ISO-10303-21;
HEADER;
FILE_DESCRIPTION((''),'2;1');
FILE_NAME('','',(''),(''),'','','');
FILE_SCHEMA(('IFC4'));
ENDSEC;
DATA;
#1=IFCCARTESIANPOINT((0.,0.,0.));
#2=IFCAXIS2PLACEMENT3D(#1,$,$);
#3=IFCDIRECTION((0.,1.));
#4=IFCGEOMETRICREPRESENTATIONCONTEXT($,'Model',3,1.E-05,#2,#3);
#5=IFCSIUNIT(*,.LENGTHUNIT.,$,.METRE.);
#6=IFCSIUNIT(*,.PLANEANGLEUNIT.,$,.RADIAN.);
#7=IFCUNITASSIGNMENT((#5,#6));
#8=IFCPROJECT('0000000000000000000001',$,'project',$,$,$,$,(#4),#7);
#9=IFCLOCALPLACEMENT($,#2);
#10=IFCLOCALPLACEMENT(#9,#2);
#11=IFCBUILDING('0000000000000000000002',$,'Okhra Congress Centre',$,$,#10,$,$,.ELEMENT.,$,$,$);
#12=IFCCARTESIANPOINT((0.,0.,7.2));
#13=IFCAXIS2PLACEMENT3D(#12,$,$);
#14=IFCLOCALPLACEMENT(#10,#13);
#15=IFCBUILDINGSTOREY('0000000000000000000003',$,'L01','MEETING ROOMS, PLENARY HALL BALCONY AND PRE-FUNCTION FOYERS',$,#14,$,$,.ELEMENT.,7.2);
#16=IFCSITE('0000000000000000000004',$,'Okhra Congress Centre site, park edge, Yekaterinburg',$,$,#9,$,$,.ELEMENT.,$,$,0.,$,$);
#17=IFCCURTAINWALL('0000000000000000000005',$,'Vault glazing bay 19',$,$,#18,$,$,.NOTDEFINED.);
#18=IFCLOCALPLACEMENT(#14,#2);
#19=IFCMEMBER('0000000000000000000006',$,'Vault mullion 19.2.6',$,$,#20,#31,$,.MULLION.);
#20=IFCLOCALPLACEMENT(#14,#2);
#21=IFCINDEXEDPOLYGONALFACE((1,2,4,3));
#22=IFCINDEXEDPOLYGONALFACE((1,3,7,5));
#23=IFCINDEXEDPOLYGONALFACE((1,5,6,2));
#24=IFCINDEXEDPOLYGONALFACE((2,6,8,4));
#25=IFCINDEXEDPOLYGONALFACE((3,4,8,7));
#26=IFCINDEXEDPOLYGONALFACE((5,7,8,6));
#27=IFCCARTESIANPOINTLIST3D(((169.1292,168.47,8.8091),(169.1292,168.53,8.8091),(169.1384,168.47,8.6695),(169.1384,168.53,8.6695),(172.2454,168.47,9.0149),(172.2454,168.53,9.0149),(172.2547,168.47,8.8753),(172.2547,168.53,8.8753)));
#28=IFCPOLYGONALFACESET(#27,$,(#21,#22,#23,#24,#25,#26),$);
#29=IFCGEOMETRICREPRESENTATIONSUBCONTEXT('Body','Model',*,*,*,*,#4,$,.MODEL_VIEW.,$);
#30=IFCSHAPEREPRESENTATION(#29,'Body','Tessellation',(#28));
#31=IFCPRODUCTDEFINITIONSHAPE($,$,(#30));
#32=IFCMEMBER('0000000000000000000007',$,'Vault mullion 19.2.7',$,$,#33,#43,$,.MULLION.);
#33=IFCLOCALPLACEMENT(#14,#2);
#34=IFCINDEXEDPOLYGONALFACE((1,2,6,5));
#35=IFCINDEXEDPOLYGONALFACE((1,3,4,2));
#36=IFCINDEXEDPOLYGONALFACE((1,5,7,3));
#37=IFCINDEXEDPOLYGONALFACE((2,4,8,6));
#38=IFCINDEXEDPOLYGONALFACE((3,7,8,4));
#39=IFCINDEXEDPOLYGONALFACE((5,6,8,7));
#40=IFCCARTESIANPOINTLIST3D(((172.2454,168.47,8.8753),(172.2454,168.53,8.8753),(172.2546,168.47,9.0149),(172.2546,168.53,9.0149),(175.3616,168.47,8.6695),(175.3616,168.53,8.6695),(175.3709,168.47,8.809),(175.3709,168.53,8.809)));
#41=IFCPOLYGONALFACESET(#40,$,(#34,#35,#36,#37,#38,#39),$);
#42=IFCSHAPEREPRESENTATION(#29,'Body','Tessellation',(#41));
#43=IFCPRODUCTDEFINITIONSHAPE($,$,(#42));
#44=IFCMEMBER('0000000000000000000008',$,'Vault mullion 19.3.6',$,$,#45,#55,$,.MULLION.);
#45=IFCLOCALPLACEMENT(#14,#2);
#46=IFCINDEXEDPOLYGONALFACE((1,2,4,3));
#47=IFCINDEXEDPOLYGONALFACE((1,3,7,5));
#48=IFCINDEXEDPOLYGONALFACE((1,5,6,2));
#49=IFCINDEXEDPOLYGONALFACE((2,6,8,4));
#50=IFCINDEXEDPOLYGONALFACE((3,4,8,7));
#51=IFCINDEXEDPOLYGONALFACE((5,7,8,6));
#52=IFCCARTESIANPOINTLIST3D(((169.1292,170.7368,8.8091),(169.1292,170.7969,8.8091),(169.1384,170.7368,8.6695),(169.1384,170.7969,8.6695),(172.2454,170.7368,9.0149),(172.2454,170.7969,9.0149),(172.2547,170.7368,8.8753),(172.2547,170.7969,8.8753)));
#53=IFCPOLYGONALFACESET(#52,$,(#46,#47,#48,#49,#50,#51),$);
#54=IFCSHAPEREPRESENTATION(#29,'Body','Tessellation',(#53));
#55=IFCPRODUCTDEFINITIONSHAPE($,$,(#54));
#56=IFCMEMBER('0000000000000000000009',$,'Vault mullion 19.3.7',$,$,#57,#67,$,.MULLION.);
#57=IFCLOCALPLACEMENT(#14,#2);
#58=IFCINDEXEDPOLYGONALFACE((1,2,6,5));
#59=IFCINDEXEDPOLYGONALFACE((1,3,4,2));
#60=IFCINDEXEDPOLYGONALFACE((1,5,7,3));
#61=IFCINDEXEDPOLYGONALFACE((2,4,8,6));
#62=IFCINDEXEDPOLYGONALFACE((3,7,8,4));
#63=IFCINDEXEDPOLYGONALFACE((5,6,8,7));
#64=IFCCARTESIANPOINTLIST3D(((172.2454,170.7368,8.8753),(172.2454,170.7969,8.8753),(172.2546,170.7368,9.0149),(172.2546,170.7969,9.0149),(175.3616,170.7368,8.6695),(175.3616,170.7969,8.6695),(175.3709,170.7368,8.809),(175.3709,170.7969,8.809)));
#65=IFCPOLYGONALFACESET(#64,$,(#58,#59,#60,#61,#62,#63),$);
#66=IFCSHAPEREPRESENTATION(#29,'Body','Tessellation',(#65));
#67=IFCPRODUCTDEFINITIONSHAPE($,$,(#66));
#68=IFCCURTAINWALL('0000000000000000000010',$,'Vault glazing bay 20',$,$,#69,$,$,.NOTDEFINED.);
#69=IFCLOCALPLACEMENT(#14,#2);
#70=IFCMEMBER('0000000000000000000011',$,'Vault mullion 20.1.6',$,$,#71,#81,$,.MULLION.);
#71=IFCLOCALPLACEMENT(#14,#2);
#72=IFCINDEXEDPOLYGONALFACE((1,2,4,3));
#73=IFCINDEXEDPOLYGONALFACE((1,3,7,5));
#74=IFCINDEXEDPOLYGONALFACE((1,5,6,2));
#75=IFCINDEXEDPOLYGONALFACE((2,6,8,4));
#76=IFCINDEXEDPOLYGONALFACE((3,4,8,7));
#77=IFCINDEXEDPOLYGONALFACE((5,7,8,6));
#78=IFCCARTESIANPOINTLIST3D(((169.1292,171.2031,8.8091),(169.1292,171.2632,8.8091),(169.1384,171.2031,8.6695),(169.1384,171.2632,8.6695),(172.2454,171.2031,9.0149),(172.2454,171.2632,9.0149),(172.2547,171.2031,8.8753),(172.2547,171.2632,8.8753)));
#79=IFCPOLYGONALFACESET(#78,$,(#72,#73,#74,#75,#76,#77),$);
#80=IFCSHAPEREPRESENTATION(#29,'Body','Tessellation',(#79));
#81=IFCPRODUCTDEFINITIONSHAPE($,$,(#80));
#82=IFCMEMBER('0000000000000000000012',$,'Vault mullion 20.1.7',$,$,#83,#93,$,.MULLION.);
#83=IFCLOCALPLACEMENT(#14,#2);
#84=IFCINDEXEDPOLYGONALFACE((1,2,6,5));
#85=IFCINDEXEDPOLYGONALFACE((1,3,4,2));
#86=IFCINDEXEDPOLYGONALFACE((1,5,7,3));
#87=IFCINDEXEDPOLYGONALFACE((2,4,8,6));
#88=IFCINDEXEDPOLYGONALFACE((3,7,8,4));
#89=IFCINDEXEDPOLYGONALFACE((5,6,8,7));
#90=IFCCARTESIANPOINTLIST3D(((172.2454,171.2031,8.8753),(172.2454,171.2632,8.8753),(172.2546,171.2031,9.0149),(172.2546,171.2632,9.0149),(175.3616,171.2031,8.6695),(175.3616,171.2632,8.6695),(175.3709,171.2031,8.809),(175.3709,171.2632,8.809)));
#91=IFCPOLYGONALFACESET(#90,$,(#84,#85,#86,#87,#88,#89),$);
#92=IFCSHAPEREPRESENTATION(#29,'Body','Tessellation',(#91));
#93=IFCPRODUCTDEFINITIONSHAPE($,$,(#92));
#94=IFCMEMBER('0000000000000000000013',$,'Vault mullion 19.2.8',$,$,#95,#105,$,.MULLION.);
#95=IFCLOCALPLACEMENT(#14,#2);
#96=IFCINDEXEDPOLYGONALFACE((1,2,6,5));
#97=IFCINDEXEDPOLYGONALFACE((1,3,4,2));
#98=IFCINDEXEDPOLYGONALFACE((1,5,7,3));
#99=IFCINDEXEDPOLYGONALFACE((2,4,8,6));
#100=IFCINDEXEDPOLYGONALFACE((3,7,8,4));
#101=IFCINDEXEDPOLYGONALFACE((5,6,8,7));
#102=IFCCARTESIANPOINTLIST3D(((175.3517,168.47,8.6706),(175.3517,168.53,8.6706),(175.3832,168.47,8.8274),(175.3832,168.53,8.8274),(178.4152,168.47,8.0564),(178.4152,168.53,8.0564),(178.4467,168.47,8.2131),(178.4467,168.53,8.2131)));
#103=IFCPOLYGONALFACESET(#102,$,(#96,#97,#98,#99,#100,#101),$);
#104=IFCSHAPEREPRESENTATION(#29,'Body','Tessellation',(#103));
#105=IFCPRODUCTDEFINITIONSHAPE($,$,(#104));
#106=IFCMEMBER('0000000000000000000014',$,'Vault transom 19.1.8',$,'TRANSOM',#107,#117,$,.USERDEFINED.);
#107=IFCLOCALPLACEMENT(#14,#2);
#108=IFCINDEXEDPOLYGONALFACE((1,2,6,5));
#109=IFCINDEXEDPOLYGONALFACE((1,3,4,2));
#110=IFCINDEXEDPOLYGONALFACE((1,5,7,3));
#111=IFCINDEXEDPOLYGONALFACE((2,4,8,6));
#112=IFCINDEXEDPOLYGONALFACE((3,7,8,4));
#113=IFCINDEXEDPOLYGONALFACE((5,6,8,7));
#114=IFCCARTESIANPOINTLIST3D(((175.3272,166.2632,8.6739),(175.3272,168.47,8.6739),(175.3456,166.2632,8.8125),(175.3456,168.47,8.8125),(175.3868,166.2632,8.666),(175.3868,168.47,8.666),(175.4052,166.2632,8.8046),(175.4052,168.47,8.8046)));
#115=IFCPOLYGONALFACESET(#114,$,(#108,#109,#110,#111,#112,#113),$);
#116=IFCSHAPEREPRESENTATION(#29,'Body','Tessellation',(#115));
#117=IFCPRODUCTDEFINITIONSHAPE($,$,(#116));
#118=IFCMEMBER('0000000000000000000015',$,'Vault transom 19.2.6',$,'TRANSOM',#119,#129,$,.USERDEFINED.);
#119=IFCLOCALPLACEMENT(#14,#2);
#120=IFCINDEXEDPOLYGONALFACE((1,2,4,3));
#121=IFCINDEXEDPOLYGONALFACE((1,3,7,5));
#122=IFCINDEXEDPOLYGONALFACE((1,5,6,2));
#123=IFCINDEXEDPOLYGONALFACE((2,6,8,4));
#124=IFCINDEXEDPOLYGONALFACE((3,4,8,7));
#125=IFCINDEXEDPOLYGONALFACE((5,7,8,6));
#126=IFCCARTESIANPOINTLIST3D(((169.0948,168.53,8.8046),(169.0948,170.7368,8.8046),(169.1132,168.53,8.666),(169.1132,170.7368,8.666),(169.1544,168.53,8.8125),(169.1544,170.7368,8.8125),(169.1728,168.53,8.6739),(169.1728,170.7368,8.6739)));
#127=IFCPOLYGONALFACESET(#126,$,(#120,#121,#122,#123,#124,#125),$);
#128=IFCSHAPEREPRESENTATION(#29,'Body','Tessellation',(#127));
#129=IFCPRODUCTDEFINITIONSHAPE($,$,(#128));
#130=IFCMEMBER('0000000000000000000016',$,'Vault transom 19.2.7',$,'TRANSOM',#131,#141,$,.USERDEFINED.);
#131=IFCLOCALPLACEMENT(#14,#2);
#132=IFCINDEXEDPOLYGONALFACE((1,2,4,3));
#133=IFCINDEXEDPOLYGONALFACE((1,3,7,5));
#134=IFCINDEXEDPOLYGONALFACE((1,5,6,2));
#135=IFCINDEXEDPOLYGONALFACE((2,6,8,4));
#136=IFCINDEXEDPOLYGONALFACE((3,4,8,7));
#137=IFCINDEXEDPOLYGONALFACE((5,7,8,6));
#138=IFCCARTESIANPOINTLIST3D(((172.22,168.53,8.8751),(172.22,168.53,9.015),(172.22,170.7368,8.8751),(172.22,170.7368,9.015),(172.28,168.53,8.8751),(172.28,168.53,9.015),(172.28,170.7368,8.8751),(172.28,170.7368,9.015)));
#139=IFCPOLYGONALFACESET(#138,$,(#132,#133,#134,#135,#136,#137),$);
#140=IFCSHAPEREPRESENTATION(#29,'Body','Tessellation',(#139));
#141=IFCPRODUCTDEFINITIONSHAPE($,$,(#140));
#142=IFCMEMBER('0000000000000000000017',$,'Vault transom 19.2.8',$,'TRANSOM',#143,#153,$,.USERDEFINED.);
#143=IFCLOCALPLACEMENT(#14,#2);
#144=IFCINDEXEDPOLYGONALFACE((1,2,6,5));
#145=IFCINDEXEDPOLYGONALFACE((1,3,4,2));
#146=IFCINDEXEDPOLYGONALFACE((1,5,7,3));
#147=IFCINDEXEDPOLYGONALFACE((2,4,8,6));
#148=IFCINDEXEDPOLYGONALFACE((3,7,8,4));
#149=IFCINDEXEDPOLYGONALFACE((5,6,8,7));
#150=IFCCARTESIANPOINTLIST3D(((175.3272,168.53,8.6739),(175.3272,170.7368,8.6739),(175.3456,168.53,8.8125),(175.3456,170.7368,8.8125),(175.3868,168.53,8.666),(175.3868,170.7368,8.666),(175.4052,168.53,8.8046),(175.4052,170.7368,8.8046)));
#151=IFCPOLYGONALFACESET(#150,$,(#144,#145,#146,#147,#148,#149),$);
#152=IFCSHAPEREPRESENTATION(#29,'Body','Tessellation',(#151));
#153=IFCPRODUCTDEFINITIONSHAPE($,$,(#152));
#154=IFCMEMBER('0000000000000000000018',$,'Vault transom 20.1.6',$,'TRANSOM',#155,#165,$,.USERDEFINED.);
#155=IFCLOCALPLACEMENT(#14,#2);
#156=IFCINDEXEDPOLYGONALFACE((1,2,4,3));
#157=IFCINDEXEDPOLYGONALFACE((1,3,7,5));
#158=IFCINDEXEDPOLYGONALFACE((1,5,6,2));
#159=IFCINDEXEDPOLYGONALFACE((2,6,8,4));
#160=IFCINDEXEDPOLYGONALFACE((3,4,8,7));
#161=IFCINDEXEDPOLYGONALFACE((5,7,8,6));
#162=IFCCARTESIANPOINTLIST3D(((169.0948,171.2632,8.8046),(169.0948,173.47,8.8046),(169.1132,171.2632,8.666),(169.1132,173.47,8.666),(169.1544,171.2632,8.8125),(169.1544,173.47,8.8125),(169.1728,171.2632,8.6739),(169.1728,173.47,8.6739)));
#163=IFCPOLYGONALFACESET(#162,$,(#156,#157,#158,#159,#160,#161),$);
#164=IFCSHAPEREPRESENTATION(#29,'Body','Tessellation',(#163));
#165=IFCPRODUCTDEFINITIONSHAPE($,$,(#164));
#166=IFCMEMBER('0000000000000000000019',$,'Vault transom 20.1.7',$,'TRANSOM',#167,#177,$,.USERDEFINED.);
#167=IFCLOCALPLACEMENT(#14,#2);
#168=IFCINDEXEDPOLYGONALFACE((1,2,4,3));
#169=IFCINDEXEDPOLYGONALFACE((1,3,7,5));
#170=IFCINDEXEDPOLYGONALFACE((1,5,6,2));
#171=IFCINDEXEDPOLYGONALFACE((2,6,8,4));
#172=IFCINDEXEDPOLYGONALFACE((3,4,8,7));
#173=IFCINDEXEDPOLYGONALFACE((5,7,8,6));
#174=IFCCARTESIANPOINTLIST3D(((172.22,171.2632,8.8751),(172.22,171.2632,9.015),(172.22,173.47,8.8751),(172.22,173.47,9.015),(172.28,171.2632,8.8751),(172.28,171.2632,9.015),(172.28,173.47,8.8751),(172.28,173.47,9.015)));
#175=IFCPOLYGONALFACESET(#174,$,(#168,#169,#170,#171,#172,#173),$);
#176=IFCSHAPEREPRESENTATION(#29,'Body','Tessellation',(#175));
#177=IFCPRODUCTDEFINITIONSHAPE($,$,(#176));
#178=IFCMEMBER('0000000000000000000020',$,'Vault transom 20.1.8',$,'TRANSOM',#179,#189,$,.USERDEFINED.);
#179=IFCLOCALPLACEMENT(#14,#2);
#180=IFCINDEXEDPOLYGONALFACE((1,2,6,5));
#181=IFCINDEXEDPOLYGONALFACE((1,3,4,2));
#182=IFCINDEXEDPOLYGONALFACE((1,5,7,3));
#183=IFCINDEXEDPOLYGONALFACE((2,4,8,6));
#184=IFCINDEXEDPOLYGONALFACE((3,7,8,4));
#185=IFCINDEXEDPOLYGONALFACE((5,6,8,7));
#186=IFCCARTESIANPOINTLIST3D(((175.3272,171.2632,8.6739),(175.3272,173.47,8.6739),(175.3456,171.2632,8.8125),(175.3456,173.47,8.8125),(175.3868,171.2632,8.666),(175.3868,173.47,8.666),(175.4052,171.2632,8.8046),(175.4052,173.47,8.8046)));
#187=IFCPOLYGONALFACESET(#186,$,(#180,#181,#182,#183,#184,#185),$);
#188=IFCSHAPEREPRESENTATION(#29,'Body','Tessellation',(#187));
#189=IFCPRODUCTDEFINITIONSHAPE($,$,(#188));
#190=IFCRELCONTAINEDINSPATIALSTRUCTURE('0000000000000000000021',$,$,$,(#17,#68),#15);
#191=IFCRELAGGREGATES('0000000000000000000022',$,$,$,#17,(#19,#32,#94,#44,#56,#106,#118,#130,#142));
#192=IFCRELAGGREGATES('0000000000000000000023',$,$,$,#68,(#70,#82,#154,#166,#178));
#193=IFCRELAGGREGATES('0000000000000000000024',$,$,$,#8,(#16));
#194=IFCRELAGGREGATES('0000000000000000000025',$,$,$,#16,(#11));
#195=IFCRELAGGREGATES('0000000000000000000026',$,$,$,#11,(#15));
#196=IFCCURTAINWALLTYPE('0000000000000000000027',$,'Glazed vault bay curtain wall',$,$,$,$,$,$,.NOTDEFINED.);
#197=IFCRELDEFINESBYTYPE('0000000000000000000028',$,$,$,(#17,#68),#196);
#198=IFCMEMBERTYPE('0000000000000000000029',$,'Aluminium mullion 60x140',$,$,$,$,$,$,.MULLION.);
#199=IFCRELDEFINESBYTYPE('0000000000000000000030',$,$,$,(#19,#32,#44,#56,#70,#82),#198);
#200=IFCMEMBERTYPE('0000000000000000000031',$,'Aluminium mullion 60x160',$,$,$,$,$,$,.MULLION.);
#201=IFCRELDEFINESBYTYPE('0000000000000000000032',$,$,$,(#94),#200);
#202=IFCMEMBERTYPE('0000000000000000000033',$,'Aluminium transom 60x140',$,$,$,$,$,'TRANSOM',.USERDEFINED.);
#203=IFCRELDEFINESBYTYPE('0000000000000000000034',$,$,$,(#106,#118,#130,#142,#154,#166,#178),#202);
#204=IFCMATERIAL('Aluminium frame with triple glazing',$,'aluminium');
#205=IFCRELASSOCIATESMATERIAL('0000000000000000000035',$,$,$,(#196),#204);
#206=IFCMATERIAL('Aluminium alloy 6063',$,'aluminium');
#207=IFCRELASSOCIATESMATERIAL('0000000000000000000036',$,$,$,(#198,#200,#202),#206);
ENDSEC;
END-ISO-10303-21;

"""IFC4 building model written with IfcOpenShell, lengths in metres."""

from ifc_helpers import new_model, si_unit, direction, frame, origin, origin_2d, place, context, subcontext, project, spatial, rectangle, extrude, material, material_profile, profile_set, type_object, element, aggregate, save


model = new_model("IFC4")

# Units and contexts
model_context = context("Model", 3, precision=1e-05, world=origin(), true_north=direction((0.0, 1.0)))
body_context = subcontext(model_context, "Body", "Model", "MODEL_VIEW")
ifc_project = project(units=[si_unit("LENGTHUNIT", "METRE"), si_unit("PLANEANGLEUNIT", "RADIAN")], contexts=[model_context])

# Site, building, storey
site_placement = place(None, origin())
site = spatial("IfcSite", under=ifc_project, at=site_placement, Name="Okhra Congress Centre site, park edge, Yekaterinburg", CompositionType="ELEMENT", RefElevation=0.0)
building_placement = place(site_placement, origin())
building = spatial("IfcBuilding", under=site, at=building_placement, Name="Okhra Congress Centre", CompositionType="ELEMENT")
storey_placement = place(building_placement, frame((0.0, 0.0, 7.2)))
storey = spatial("IfcBuildingStorey", under=building, at=storey_placement, Name="L01", Description="MEETING ROOMS, PLENARY HALL BALCONY AND PRE-FUNCTION FOYERS", CompositionType="ELEMENT", Elevation=7.2)

# Curtain walls, members
ifc_material_1 = material(Name="Aluminium frame with triple glazing", Category="aluminium")
curtain_wall_type = type_object("IfcCurtainWallType", Name="Glazed vault bay curtain wall", PredefinedType="NOTDEFINED", material=ifc_material_1)
curtain_wall_1_placement = place(storey_placement, origin())
curtain_wall_1 = element("IfcCurtainWall", 1, at=curtain_wall_1_placement, inside=storey, type_object=curtain_wall_type, Name="Vault glazing bay 19", PredefinedType="NOTDEFINED")
ifc_material_2 = material(Name="Aluminium alloy 6063", Category="aluminium")
ifc_material_profile_1 = material_profile(ifc_material_2, rectangle(XDim=0.0601, YDim=0.1399, at=origin_2d()), Name="AL 60x140")
ifc_profile_set_1 = profile_set([ifc_material_profile_1], Name="Aluminium alloy 6063")
member_type_1 = type_object("IfcMemberType", Name="Aluminium mullion 60x140", PredefinedType="MULLION", material=ifc_profile_set_1)
member_1_placement = place(storey_placement, frame((169.1338, 168.5, 8.7393), z_axis=(0.997826, 0.0, 0.065902), x_axis=(0.0, 1.0, 0.0)))
member_1 = element("IfcMember", 2, at=member_1_placement, type_object=member_type_1, Name="Vault mullion 19.2.6", PredefinedType="MULLION", context=body_context, shape_type="SweptSolid", body=[
    extrude(rectangle(XDim=0.0601, YDim=0.1399, at=origin_2d()), origin(), (0.0, 0.0, 1.0), 3.123),
])
member_2_placement = place(storey_placement, frame((172.25, 168.5, 8.9451), z_axis=(0.997826, 0.0, -0.065902), x_axis=(0.0, 1.0, 0.0)))
member_2 = element("IfcMember", 3, at=member_2_placement, type_object=member_type_1, Name="Vault mullion 19.2.7", PredefinedType="MULLION", context=body_context, shape_type="SweptSolid", body=[
    extrude(rectangle(XDim=0.0601, YDim=0.1399, at=origin_2d()), origin(), (0.0, 0.0, 1.0), 3.123),
])
member_3_placement = place(storey_placement, frame((169.1338, 170.7668, 8.7393), z_axis=(0.997826, 0.0, 0.065902), x_axis=(0.0, 1.0, 0.0)))
member_3 = element("IfcMember", 4, at=member_3_placement, type_object=member_type_1, Name="Vault mullion 19.3.6", PredefinedType="MULLION", context=body_context, shape_type="SweptSolid", body=[
    extrude(rectangle(XDim=0.0601, YDim=0.1399, at=origin_2d()), origin(), (0.0, 0.0, 1.0), 3.123),
])
member_4_placement = place(storey_placement, frame((172.25, 170.7668, 8.9451), z_axis=(0.997826, 0.0, -0.065902), x_axis=(0.0, 1.0, 0.0)))
member_4 = element("IfcMember", 5, at=member_4_placement, type_object=member_type_1, Name="Vault mullion 19.3.7", PredefinedType="MULLION", context=body_context, shape_type="SweptSolid", body=[
    extrude(rectangle(XDim=0.0601, YDim=0.1399, at=origin_2d()), origin(), (0.0, 0.0, 1.0), 3.123),
])
curtain_wall_2_placement = place(storey_placement, origin())
curtain_wall_2 = element("IfcCurtainWall", 6, at=curtain_wall_2_placement, inside=storey, type_object=curtain_wall_type, Name="Vault glazing bay 20", PredefinedType="NOTDEFINED")
member_5_placement = place(storey_placement, frame((169.1338, 171.2332, 8.7393), z_axis=(0.997826, 0.0, 0.065902), x_axis=(0.0, 1.0, 0.0)))
member_5 = element("IfcMember", 7, at=member_5_placement, type_object=member_type_1, Name="Vault mullion 20.1.6", PredefinedType="MULLION", context=body_context, shape_type="SweptSolid", body=[
    extrude(rectangle(XDim=0.0601, YDim=0.1399, at=origin_2d()), origin(), (0.0, 0.0, 1.0), 3.123),
])
member_6_placement = place(storey_placement, frame((172.25, 171.2332, 8.9451), z_axis=(0.997826, 0.0, -0.065902), x_axis=(0.0, 1.0, 0.0)))
member_6 = element("IfcMember", 8, at=member_6_placement, type_object=member_type_1, Name="Vault mullion 20.1.7", PredefinedType="MULLION", context=body_context, shape_type="SweptSolid", body=[
    extrude(rectangle(XDim=0.0601, YDim=0.1399, at=origin_2d()), origin(), (0.0, 0.0, 1.0), 3.123),
])

# Members
ifc_material_profile_2 = material_profile(ifc_material_2, rectangle(XDim=0.0601, YDim=0.1599, at=origin_2d()), Name="AL 60x160")
ifc_profile_set_2 = profile_set([ifc_material_profile_2], Name="Aluminium alloy 6063")
member_type_2 = type_object("IfcMemberType", Name="Aluminium mullion 60x160", PredefinedType="MULLION", material=ifc_profile_set_2)
member_7_placement = place(storey_placement, frame((175.3674, 168.5, 8.749), z_axis=(0.980484, 0.0, -0.196597), x_axis=(0.0, 1.0, 0.0)))
member_7 = element("IfcMember", 9, at=member_7_placement, type_object=member_type_2, Name="Vault mullion 19.2.8", PredefinedType="MULLION", context=body_context, shape_type="SweptSolid", body=[
    extrude(rectangle(XDim=0.0601, YDim=0.1599, at=origin_2d()), origin(), (0.0, 0.0, 1.0), 3.1245),
])
ifc_material_profile_3 = material_profile(ifc_material_2, rectangle(XDim=0.0601, YDim=0.1399, at=origin_2d()), Name="AL 60x140 transom")
ifc_profile_set_3 = profile_set([ifc_material_profile_3], Name="Aluminium alloy 6063")
member_type_3 = type_object("IfcMemberType", Name="Aluminium transom 60x140", ElementType="TRANSOM", PredefinedType="USERDEFINED", material=ifc_profile_set_3)
member_8_placement = place(storey_placement, frame((175.3662, 166.2632, 8.7393), z_axis=(0.0, 1.0, 0.0), x_axis=(-0.991307, 0.0, 0.131568)))
member_8 = element("IfcMember", 10, at=member_8_placement, type_object=member_type_3, Name="Vault transom 19.1.8", ObjectType="TRANSOM", PredefinedType="USERDEFINED", context=body_context, shape_type="SweptSolid", body=[
    extrude(rectangle(XDim=0.0601, YDim=0.1399, at=origin_2d()), origin(), (0.0, 0.0, 1.0), 2.2068),
])
member_9_placement = place(storey_placement, frame((169.1338, 168.53, 8.7393), z_axis=(0.0, 1.0, 0.0), x_axis=(-0.991307, 0.0, -0.131568)))
member_9 = element("IfcMember", 11, at=member_9_placement, type_object=member_type_3, Name="Vault transom 19.2.6", ObjectType="TRANSOM", PredefinedType="USERDEFINED", context=body_context, shape_type="SweptSolid", body=[
    extrude(rectangle(XDim=0.0601, YDim=0.1399, at=origin_2d()), origin(), (0.0, 0.0, 1.0), 2.2068),
])
member_10_placement = place(storey_placement, frame((172.25, 168.53, 8.9451), z_axis=(0.0, 1.0, 0.0), x_axis=(-1.0, 0.0, 0.0)))
member_10 = element("IfcMember", 12, at=member_10_placement, type_object=member_type_3, Name="Vault transom 19.2.7", ObjectType="TRANSOM", PredefinedType="USERDEFINED", context=body_context, shape_type="SweptSolid", body=[
    extrude(rectangle(XDim=0.0601, YDim=0.1399, at=origin_2d()), origin(), (0.0, 0.0, 1.0), 2.2068),
])
member_11_placement = place(storey_placement, frame((175.3662, 168.53, 8.7393), z_axis=(0.0, 1.0, 0.0), x_axis=(-0.991307, 0.0, 0.131568)))
member_11 = element("IfcMember", 13, at=member_11_placement, type_object=member_type_3, Name="Vault transom 19.2.8", ObjectType="TRANSOM", PredefinedType="USERDEFINED", context=body_context, shape_type="SweptSolid", body=[
    extrude(rectangle(XDim=0.0601, YDim=0.1399, at=origin_2d()), origin(), (0.0, 0.0, 1.0), 2.2068),
])
member_12_placement = place(storey_placement, frame((169.1338, 171.2632, 8.7393), z_axis=(0.0, 1.0, 0.0), x_axis=(-0.991307, 0.0, -0.131568)))
member_12 = element("IfcMember", 14, at=member_12_placement, type_object=member_type_3, Name="Vault transom 20.1.6", ObjectType="TRANSOM", PredefinedType="USERDEFINED", context=body_context, shape_type="SweptSolid", body=[
    extrude(rectangle(XDim=0.0601, YDim=0.1399, at=origin_2d()), origin(), (0.0, 0.0, 1.0), 2.2068),
])
member_13_placement = place(storey_placement, frame((172.25, 171.2632, 8.9451), z_axis=(0.0, 1.0, 0.0), x_axis=(-1.0, 0.0, 0.0)))
member_13 = element("IfcMember", 15, at=member_13_placement, type_object=member_type_3, Name="Vault transom 20.1.7", ObjectType="TRANSOM", PredefinedType="USERDEFINED", context=body_context, shape_type="SweptSolid", body=[
    extrude(rectangle(XDim=0.0601, YDim=0.1399, at=origin_2d()), origin(), (0.0, 0.0, 1.0), 2.2068),
])
member_14_placement = place(storey_placement, frame((175.3662, 171.2632, 8.7393), z_axis=(0.0, 1.0, 0.0), x_axis=(-0.991307, 0.0, 0.131568)))
member_14 = element("IfcMember", 16, at=member_14_placement, type_object=member_type_3, Name="Vault transom 20.1.8", ObjectType="TRANSOM", PredefinedType="USERDEFINED", context=body_context, shape_type="SweptSolid", body=[
    extrude(rectangle(XDim=0.0601, YDim=0.1399, at=origin_2d()), origin(), (0.0, 0.0, 1.0), 2.2068),
])

aggregate(curtain_wall_1, [member_1, member_2, member_7, member_3, member_4, member_8, member_9, member_10, member_11])
aggregate(curtain_wall_2, [member_5, member_6, member_12, member_13, member_14])

save(model, "model.ifc")
